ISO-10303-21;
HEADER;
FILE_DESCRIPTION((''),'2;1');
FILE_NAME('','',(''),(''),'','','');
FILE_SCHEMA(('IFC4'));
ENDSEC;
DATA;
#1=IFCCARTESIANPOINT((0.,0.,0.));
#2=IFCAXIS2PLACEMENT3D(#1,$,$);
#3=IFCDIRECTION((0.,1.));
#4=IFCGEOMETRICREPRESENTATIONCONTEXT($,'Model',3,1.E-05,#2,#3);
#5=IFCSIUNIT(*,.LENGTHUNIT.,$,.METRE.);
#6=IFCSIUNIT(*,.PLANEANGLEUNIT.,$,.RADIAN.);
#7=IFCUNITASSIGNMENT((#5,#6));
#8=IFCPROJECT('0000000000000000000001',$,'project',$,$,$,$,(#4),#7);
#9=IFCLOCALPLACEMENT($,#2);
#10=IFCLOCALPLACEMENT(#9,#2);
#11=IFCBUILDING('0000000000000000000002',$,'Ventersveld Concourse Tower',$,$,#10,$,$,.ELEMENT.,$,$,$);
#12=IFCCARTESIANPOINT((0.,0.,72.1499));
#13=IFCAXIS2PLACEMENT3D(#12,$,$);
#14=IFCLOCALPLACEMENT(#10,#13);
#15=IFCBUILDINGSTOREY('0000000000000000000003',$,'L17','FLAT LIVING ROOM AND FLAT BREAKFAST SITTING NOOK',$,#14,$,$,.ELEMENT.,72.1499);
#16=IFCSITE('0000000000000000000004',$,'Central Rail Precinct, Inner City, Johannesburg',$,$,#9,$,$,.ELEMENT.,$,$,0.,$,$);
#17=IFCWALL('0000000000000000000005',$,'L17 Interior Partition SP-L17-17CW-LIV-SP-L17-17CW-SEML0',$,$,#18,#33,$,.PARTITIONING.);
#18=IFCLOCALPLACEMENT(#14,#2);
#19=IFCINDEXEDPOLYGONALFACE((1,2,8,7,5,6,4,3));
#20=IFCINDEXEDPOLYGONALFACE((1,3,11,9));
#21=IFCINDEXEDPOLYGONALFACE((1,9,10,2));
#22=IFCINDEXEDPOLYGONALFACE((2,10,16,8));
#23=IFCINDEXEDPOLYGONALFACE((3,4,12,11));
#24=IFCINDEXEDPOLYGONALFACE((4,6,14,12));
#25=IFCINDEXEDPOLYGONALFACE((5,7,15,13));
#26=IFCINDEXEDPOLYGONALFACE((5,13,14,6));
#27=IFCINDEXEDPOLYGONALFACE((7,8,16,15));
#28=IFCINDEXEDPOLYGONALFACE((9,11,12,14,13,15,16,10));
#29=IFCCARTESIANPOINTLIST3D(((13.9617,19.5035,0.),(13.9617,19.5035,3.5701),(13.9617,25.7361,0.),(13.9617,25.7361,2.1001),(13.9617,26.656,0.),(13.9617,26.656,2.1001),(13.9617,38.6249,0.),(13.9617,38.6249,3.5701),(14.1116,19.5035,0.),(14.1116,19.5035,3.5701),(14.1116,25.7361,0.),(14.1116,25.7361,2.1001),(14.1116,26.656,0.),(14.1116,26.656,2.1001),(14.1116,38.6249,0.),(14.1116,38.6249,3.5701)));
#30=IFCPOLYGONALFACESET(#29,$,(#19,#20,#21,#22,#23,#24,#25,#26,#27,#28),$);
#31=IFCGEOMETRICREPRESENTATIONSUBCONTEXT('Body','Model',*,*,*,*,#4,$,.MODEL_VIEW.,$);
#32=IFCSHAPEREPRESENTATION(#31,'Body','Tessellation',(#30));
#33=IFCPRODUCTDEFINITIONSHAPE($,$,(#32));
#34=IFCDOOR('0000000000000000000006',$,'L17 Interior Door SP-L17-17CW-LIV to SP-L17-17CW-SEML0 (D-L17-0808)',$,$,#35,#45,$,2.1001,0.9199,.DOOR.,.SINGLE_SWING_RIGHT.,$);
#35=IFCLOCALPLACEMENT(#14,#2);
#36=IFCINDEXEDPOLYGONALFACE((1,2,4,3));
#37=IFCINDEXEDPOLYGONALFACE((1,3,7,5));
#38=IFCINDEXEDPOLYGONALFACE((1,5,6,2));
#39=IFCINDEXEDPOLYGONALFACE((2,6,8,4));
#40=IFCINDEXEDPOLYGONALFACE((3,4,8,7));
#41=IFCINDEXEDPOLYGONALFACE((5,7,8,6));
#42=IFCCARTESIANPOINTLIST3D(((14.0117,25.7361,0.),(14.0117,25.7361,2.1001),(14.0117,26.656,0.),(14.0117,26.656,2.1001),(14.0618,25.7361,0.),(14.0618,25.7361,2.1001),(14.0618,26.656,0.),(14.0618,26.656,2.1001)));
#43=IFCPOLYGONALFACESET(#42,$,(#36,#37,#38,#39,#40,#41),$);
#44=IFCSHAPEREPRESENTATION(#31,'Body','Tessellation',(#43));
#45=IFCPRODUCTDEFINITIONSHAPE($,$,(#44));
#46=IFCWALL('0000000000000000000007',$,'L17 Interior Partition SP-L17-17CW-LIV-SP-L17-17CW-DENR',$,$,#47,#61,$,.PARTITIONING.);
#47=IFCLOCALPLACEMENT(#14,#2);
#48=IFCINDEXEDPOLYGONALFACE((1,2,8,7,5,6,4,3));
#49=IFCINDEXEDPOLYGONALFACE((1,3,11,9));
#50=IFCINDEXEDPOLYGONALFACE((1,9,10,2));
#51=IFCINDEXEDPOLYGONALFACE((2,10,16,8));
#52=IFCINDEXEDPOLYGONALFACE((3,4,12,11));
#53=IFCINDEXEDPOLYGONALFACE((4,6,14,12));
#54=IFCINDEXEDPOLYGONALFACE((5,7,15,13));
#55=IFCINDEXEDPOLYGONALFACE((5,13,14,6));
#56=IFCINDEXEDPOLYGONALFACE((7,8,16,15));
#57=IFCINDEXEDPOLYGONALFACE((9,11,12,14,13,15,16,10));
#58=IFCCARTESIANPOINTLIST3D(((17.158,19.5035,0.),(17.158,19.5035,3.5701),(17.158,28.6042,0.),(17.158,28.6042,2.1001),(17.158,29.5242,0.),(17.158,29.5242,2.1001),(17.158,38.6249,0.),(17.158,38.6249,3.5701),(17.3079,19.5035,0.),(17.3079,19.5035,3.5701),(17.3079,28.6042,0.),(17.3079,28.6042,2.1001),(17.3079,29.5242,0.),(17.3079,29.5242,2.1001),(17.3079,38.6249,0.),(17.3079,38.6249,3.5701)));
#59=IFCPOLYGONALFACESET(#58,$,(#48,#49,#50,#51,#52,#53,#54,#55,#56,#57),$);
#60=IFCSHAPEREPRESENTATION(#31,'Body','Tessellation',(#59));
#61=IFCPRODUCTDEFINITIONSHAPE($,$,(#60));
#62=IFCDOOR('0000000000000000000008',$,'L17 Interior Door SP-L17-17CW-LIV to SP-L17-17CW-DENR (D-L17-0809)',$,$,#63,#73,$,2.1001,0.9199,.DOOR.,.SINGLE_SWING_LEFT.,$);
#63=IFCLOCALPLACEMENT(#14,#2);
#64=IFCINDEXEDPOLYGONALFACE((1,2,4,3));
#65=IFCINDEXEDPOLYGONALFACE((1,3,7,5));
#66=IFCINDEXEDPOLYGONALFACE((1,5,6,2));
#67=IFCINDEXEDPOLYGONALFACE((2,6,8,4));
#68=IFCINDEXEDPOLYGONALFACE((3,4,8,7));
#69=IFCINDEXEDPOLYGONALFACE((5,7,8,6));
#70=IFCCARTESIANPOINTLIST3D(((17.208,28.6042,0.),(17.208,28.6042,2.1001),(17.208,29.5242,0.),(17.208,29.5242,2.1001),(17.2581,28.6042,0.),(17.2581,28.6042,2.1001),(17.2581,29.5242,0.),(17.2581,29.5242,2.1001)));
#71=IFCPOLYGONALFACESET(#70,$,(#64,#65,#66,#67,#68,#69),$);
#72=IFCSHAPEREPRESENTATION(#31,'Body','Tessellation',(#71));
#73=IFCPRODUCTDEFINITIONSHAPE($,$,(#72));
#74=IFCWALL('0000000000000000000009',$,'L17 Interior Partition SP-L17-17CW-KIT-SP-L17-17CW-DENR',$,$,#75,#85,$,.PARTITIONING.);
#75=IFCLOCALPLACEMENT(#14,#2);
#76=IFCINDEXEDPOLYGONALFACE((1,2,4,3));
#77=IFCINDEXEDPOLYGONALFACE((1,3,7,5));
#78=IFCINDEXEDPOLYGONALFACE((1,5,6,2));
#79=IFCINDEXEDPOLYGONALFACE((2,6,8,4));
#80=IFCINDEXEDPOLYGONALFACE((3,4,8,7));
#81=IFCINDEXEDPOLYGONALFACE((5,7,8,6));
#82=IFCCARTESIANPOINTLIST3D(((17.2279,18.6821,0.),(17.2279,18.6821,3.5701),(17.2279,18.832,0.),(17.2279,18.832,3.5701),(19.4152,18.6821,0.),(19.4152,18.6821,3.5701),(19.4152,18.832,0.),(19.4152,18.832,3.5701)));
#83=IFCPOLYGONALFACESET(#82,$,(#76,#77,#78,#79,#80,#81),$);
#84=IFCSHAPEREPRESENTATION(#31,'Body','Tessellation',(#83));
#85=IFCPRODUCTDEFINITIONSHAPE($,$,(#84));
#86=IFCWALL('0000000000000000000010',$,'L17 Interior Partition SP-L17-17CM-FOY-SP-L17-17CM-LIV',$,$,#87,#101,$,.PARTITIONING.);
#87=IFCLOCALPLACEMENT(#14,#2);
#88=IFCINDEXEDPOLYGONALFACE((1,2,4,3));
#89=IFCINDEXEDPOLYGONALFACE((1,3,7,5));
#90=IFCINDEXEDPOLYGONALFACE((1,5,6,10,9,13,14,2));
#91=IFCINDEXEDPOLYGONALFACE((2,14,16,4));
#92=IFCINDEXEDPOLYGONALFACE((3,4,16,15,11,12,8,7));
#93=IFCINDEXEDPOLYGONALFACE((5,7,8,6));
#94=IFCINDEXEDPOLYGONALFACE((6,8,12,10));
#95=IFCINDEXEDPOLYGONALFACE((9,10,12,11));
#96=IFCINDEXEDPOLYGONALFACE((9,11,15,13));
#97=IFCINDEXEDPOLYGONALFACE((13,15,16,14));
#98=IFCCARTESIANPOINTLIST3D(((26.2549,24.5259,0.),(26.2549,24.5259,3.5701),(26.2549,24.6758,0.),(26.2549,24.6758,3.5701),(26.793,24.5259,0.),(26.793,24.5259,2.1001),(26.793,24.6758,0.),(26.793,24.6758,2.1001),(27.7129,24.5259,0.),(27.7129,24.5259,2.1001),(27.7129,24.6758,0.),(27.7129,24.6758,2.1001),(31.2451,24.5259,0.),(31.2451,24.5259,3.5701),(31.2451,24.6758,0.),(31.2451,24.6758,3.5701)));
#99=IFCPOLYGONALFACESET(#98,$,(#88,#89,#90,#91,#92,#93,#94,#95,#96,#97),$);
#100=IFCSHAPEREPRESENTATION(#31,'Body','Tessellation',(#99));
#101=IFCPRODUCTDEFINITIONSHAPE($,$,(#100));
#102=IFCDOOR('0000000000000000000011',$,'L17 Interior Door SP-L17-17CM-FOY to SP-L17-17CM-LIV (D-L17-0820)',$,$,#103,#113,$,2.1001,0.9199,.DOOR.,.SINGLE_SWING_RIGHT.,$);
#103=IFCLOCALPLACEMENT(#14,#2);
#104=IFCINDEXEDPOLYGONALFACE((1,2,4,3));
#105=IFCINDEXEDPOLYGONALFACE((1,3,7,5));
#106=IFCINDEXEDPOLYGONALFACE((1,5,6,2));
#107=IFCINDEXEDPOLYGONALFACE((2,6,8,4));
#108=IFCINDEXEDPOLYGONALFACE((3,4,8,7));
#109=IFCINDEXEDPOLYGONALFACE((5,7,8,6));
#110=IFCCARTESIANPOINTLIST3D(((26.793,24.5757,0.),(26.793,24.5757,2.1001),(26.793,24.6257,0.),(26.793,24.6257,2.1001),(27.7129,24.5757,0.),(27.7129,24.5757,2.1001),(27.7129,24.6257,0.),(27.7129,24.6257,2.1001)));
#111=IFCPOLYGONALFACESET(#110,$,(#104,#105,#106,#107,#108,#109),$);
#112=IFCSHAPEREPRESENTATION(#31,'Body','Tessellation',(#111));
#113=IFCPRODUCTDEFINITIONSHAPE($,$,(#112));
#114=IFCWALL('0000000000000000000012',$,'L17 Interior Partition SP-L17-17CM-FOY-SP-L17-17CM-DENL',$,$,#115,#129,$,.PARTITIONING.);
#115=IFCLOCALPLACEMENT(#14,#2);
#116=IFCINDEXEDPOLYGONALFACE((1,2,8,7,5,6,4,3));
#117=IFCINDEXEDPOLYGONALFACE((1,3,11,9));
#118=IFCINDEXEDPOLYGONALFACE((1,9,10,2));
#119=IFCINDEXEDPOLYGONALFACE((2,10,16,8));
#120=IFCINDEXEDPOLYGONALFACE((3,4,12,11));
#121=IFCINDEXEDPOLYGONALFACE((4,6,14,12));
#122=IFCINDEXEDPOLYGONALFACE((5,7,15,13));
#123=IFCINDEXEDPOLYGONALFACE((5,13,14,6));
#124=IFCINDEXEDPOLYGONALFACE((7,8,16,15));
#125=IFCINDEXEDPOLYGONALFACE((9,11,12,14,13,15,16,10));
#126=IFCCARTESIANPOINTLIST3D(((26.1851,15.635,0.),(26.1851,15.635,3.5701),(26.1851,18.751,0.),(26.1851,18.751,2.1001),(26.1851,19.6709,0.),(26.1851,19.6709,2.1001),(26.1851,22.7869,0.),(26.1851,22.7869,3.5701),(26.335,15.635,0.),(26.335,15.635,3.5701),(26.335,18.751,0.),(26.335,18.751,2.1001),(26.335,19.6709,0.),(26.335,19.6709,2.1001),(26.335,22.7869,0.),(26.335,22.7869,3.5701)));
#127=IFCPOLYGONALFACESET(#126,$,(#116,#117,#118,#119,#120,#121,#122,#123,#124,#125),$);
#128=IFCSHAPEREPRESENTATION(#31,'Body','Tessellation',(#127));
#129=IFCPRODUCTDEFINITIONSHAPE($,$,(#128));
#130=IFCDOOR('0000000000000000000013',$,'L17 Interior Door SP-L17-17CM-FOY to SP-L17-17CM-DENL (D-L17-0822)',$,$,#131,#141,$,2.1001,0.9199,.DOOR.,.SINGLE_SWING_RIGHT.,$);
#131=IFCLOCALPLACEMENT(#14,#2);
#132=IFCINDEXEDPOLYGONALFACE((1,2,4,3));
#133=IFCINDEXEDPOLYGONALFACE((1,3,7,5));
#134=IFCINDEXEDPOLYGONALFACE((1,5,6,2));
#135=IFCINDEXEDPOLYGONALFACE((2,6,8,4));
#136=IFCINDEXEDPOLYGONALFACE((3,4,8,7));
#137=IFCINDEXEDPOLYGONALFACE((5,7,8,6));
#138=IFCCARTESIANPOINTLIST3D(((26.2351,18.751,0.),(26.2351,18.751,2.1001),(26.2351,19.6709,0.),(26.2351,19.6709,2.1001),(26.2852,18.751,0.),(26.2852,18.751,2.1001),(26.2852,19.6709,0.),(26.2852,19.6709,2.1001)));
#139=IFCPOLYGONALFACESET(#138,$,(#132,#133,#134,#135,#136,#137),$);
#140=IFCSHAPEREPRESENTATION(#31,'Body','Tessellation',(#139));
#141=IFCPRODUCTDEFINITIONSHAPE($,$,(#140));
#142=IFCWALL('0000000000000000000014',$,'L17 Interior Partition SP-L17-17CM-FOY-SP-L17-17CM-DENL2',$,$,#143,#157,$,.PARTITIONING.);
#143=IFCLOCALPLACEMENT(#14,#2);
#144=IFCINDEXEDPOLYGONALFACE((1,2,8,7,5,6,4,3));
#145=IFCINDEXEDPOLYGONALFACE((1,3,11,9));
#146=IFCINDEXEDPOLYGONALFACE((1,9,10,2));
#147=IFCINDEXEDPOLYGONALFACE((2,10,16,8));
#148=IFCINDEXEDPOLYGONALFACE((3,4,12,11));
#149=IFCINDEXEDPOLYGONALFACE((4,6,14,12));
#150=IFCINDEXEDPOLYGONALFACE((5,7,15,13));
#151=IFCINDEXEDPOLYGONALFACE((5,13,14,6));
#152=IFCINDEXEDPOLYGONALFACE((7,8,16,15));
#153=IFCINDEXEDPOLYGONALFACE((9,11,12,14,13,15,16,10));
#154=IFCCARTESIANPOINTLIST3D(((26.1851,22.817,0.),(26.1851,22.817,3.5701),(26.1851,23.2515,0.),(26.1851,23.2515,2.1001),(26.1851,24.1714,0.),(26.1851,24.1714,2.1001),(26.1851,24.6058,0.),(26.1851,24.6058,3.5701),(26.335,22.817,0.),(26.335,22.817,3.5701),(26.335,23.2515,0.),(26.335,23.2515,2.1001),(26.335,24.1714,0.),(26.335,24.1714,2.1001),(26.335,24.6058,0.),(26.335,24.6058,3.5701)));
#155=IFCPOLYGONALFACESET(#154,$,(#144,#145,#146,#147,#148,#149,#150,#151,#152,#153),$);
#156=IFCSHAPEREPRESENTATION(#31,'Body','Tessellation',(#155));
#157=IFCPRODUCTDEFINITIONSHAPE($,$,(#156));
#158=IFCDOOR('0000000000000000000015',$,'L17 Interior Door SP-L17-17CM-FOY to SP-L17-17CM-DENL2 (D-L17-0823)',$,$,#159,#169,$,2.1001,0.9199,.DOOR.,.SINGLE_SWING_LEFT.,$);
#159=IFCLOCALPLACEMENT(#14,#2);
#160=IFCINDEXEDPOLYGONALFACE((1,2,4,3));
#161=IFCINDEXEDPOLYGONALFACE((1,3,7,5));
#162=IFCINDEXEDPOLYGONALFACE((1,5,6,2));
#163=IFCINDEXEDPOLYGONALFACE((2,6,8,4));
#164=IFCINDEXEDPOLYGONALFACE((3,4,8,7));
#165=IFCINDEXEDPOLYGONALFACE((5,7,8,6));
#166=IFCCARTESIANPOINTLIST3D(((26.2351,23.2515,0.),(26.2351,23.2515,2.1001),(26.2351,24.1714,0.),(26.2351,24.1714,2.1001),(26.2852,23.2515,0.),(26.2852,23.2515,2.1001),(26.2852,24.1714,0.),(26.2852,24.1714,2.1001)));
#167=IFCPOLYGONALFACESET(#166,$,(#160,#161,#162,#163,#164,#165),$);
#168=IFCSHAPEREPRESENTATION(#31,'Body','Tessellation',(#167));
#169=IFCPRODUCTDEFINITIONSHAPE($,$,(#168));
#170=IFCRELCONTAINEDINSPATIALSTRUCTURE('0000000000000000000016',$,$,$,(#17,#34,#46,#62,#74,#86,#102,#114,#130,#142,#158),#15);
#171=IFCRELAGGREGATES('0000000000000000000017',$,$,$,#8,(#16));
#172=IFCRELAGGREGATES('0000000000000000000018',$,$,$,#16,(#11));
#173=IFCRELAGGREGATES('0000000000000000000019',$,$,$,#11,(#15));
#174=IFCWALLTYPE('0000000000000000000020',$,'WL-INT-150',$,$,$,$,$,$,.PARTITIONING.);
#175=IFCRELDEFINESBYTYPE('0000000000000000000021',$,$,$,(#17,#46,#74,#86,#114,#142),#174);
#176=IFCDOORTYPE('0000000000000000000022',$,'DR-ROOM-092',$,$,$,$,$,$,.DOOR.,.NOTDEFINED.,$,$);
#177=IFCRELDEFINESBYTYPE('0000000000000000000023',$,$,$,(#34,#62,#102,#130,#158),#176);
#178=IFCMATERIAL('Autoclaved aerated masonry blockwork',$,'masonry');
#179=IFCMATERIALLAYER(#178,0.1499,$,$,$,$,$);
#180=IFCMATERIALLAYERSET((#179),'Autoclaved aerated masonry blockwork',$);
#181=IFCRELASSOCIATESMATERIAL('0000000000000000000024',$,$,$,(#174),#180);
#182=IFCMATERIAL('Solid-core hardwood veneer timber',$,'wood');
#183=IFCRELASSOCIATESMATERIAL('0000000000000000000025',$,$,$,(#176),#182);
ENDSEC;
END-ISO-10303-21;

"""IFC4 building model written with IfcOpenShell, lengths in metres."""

from ifc_helpers import new_model, si_unit, direction, frame, frame_2d, origin, place, context, subcontext, project, spatial, rectangle, extrude, material, layer, layer_set, type_object, element, fill, save


model = new_model("IFC4")

# Units and contexts
model_context = context("Model", 3, precision=1e-05, world=origin(), true_north=direction((0.0, 1.0)))
body_context = subcontext(model_context, "Body", "Model", "MODEL_VIEW")
ifc_project = project(units=[si_unit("LENGTHUNIT", "METRE"), si_unit("PLANEANGLEUNIT", "RADIAN")], contexts=[model_context])

# Site, building, storey
site_placement = place(None, origin())
site = spatial("IfcSite", under=ifc_project, at=site_placement, Name="Central Rail Precinct, Inner City, Johannesburg", CompositionType="ELEMENT", RefElevation=0.0)
building_placement = place(site_placement, origin())
building = spatial("IfcBuilding", under=site, at=building_placement, Name="Ventersveld Concourse Tower", CompositionType="ELEMENT")
storey_placement = place(building_placement, frame((0.0, 0.0, 72.1499)))
storey = spatial("IfcBuildingStorey", under=building, at=storey_placement, Name="L17", Description="FLAT LIVING ROOM AND FLAT BREAKFAST SITTING NOOK", CompositionType="ELEMENT", Elevation=72.1499)

# Shared definitions
ifc_material_1 = material(Name="Autoclaved aerated masonry blockwork", Category="masonry")
ifc_layer_1 = layer(ifc_material_1, 0.1499)
ifc_layer_set_1 = layer_set([ifc_layer_1], Name="Autoclaved aerated masonry blockwork")
wall_type_1 = type_object("IfcWallType", Name="WL-INT-150", PredefinedType="PARTITIONING", material=ifc_layer_set_1)
ifc_material_2 = material(Name="Solid-core hardwood veneer timber", Category="wood")
door_type = type_object("IfcDoorType", Name="DR-ROOM-092", OperationType="NOTDEFINED", PredefinedType="DOOR", material=ifc_material_2)

# Walls, openings, doors
wall_1_placement = place(storey_placement, frame((14.0366, 19.5037, 0.0), z_axis=(0.0, 0.0, 1.0), x_axis=(0.0, 1.0, 0.0)))
wall_1 = element("IfcWall", 1, at=wall_1_placement, inside=storey, type_object=wall_type_1, Name="L17 Interior Partition SP-L17-17CW-LIV-SP-L17-17CW-SEML0", PredefinedType="PARTITIONING", context=body_context, shape_type="SweptSolid", body=[
    extrude(rectangle(XDim=19.1213, YDim=0.1499, at=frame_2d((9.5605, 0.0))), origin(), (0.0, 0.0, 1.0), 3.5701),
])
opening_1_placement = place(wall_1_placement, frame((6.2324, 0.0, 0.0)))
opening_1 = element("IfcOpeningElement", 2, at=opening_1_placement, cuts=wall_1, PredefinedType="OPENING", context=body_context, shape_type="SweptSolid", body=[
    extrude(rectangle(XDim=0.9199, YDim=2.1001, at=frame_2d((0.46, 1.05))), frame((0.0, 0.085, 0.0), z_axis=(0.0, -1.0, 0.0), x_axis=(1.0, 0.0, 0.0)), (0.0, 0.0, 1.0), 0.1699),
])
door_1_placement = place(opening_1_placement, origin())
door_1 = element("IfcDoor", 3, at=door_1_placement, inside=storey, type_object=door_type, Name="L17 Interior Door SP-L17-17CW-LIV to SP-L17-17CW-SEML0 (D-L17-0808)", OperationType="SINGLE_SWING_RIGHT", OverallHeight=2.1001, OverallWidth=0.9199, PredefinedType="DOOR", context=body_context, shape_type="SweptSolid", body=[
    extrude(rectangle(XDim=0.9199, YDim=2.1001, at=frame_2d((0.46, 1.05))), frame((0.0, 0.0249, 0.0), z_axis=(0.0, -1.0, 0.0), x_axis=(1.0, 0.0, 0.0)), (0.0, 0.0, 1.0), 0.05),
])
fill(opening_1, door_1)
wall_2_placement = place(storey_placement, frame((17.2329, 19.5037, 0.0), z_axis=(0.0, 0.0, 1.0), x_axis=(0.0, 1.0, 0.0)))
wall_2 = element("IfcWall", 4, at=wall_2_placement, inside=storey, type_object=wall_type_1, Name="L17 Interior Partition SP-L17-17CW-LIV-SP-L17-17CW-DENR", PredefinedType="PARTITIONING", context=body_context, shape_type="SweptSolid", body=[
    extrude(rectangle(XDim=19.1213, YDim=0.1499, at=frame_2d((9.5605, 0.0))), origin(), (0.0, 0.0, 1.0), 3.5701),
])
opening_2_placement = place(wall_2_placement, frame((9.1006, 0.0, 0.0)))
opening_2 = element("IfcOpeningElement", 5, at=opening_2_placement, cuts=wall_2, PredefinedType="OPENING", context=body_context, shape_type="SweptSolid", body=[
    extrude(rectangle(XDim=0.9199, YDim=2.1001, at=frame_2d((0.46, 1.05))), frame((0.0, 0.085, 0.0), z_axis=(0.0, -1.0, 0.0), x_axis=(1.0, 0.0, 0.0)), (0.0, 0.0, 1.0), 0.1699),
])
door_2_placement = place(opening_2_placement, origin())
door_2 = element("IfcDoor", 6, at=door_2_placement, inside=storey, type_object=door_type, Name="L17 Interior Door SP-L17-17CW-LIV to SP-L17-17CW-DENR (D-L17-0809)", OperationType="SINGLE_SWING_LEFT", OverallHeight=2.1001, OverallWidth=0.9199, PredefinedType="DOOR", context=body_context, shape_type="SweptSolid", body=[
    extrude(rectangle(XDim=0.9199, YDim=2.1001, at=frame_2d((0.46, 1.05))), frame((0.0, 0.0249, 0.0), z_axis=(0.0, -1.0, 0.0), x_axis=(1.0, 0.0, 0.0)), (0.0, 0.0, 1.0), 0.05),
])
fill(opening_2, door_2)

# Wall
wall_3_placement = place(storey_placement, frame((17.2278, 18.7571, 0.0), z_axis=(0.0, 0.0, 1.0), x_axis=(1.0, 0.0, 0.0)))
element("IfcWall", 7, at=wall_3_placement, inside=storey, type_object=wall_type_1, Name="L17 Interior Partition SP-L17-17CW-KIT-SP-L17-17CW-DENR", PredefinedType="PARTITIONING", context=body_context, shape_type="SweptSolid", body=[
    extrude(rectangle(XDim=2.1873, YDim=0.1499, at=frame_2d((1.0938, 0.0))), origin(), (0.0, 0.0, 1.0), 3.5701),
])

# Walls, openings, doors
wall_4_placement = place(storey_placement, frame((26.2549, 24.6008, 0.0), z_axis=(0.0, 0.0, 1.0), x_axis=(1.0, 0.0, 0.0)))
wall_4 = element("IfcWall", 8, at=wall_4_placement, inside=storey, type_object=wall_type_1, Name="L17 Interior Partition SP-L17-17CM-FOY-SP-L17-17CM-LIV", PredefinedType="PARTITIONING", context=body_context, shape_type="SweptSolid", body=[
    extrude(rectangle(XDim=4.9902, YDim=0.1499, at=frame_2d((2.4951, 0.0))), origin(), (0.0, 0.0, 1.0), 3.5701),
])
opening_3_placement = place(wall_4_placement, frame((0.5381, 0.0, 0.0)))
opening_3 = element("IfcOpeningElement", 9, at=opening_3_placement, cuts=wall_4, PredefinedType="OPENING", context=body_context, shape_type="SweptSolid", body=[
    extrude(rectangle(XDim=0.9199, YDim=2.1001, at=frame_2d((0.46, 1.05))), frame((0.0, 0.085, 0.0), z_axis=(0.0, -1.0, 0.0), x_axis=(1.0, 0.0, 0.0)), (0.0, 0.0, 1.0), 0.1699),
])
door_3_placement = place(opening_3_placement, origin())
door_3 = element("IfcDoor", 10, at=door_3_placement, inside=storey, type_object=door_type, Name="L17 Interior Door SP-L17-17CM-FOY to SP-L17-17CM-LIV (D-L17-0820)", OperationType="SINGLE_SWING_RIGHT", OverallHeight=2.1001, OverallWidth=0.9199, PredefinedType="DOOR", context=body_context, shape_type="SweptSolid", body=[
    extrude(rectangle(XDim=0.9199, YDim=2.1001, at=frame_2d((0.46, 1.05))), frame((0.0, 0.0249, 0.0), z_axis=(0.0, -1.0, 0.0), x_axis=(1.0, 0.0, 0.0)), (0.0, 0.0, 1.0), 0.05),
])
fill(opening_3, door_3)
wall_5_placement = place(storey_placement, frame((26.26, 15.635, 0.0), z_axis=(0.0, 0.0, 1.0), x_axis=(0.0, 1.0, 0.0)))
wall_5 = element("IfcWall", 11, at=wall_5_placement, inside=storey, type_object=wall_type_1, Name="L17 Interior Partition SP-L17-17CM-FOY-SP-L17-17CM-DENL", PredefinedType="PARTITIONING", context=body_context, shape_type="SweptSolid", body=[
    extrude(rectangle(XDim=7.1519, YDim=0.1499, at=frame_2d((3.5759, 0.0))), origin(), (0.0, 0.0, 1.0), 3.5701),
])
opening_4_placement = place(wall_5_placement, frame((3.116, 0.0, 0.0)))
opening_4 = element("IfcOpeningElement", 12, at=opening_4_placement, cuts=wall_5, PredefinedType="OPENING", context=body_context, shape_type="SweptSolid", body=[
    extrude(rectangle(XDim=0.9199, YDim=2.1001, at=frame_2d((0.46, 1.05))), frame((0.0, 0.085, 0.0), z_axis=(0.0, -1.0, 0.0), x_axis=(1.0, 0.0, 0.0)), (0.0, 0.0, 1.0), 0.1699),
])
door_4_placement = place(opening_4_placement, origin())
door_4 = element("IfcDoor", 13, at=door_4_placement, inside=storey, type_object=door_type, Name="L17 Interior Door SP-L17-17CM-FOY to SP-L17-17CM-DENL (D-L17-0822)", OperationType="SINGLE_SWING_RIGHT", OverallHeight=2.1001, OverallWidth=0.9199, PredefinedType="DOOR", context=body_context, shape_type="SweptSolid", body=[
    extrude(rectangle(XDim=0.9199, YDim=2.1001, at=frame_2d((0.46, 1.05))), frame((0.0, 0.0249, 0.0), z_axis=(0.0, -1.0, 0.0), x_axis=(1.0, 0.0, 0.0)), (0.0, 0.0, 1.0), 0.05),
])
fill(opening_4, door_4)
wall_6_placement = place(storey_placement, frame((26.26, 22.8169, 0.0), z_axis=(0.0, 0.0, 1.0), x_axis=(0.0, 1.0, 0.0)))
wall_6 = element("IfcWall", 14, at=wall_6_placement, inside=storey, type_object=wall_type_1, Name="L17 Interior Partition SP-L17-17CM-FOY-SP-L17-17CM-DENL2", PredefinedType="PARTITIONING", context=body_context, shape_type="SweptSolid", body=[
    extrude(rectangle(XDim=1.7888, YDim=0.1499, at=frame_2d((0.8945, 0.0))), origin(), (0.0, 0.0, 1.0), 3.5701),
])
opening_5_placement = place(wall_6_placement, frame((0.4346, 0.0, 0.0)))
opening_5 = element("IfcOpeningElement", 15, at=opening_5_placement, cuts=wall_6, PredefinedType="OPENING", context=body_context, shape_type="SweptSolid", body=[
    extrude(rectangle(XDim=0.9199, YDim=2.1001, at=frame_2d((0.46, 1.05))), frame((0.0, 0.085, 0.0), z_axis=(0.0, -1.0, 0.0), x_axis=(1.0, 0.0, 0.0)), (0.0, 0.0, 1.0), 0.1699),
])
door_5_placement = place(opening_5_placement, origin())
door_5 = element("IfcDoor", 16, at=door_5_placement, inside=storey, type_object=door_type, Name="L17 Interior Door SP-L17-17CM-FOY to SP-L17-17CM-DENL2 (D-L17-0823)", OperationType="SINGLE_SWING_LEFT", OverallHeight=2.1001, OverallWidth=0.9199, PredefinedType="DOOR", context=body_context, shape_type="SweptSolid", body=[
    extrude(rectangle(XDim=0.9199, YDim=2.1001, at=frame_2d((0.46, 1.05))), frame((0.0, 0.0249, 0.0), z_axis=(0.0, -1.0, 0.0), x_axis=(1.0, 0.0, 0.0)), (0.0, 0.0, 1.0), 0.05),
])
fill(opening_5, door_5)

save(model, "model.ifc")
